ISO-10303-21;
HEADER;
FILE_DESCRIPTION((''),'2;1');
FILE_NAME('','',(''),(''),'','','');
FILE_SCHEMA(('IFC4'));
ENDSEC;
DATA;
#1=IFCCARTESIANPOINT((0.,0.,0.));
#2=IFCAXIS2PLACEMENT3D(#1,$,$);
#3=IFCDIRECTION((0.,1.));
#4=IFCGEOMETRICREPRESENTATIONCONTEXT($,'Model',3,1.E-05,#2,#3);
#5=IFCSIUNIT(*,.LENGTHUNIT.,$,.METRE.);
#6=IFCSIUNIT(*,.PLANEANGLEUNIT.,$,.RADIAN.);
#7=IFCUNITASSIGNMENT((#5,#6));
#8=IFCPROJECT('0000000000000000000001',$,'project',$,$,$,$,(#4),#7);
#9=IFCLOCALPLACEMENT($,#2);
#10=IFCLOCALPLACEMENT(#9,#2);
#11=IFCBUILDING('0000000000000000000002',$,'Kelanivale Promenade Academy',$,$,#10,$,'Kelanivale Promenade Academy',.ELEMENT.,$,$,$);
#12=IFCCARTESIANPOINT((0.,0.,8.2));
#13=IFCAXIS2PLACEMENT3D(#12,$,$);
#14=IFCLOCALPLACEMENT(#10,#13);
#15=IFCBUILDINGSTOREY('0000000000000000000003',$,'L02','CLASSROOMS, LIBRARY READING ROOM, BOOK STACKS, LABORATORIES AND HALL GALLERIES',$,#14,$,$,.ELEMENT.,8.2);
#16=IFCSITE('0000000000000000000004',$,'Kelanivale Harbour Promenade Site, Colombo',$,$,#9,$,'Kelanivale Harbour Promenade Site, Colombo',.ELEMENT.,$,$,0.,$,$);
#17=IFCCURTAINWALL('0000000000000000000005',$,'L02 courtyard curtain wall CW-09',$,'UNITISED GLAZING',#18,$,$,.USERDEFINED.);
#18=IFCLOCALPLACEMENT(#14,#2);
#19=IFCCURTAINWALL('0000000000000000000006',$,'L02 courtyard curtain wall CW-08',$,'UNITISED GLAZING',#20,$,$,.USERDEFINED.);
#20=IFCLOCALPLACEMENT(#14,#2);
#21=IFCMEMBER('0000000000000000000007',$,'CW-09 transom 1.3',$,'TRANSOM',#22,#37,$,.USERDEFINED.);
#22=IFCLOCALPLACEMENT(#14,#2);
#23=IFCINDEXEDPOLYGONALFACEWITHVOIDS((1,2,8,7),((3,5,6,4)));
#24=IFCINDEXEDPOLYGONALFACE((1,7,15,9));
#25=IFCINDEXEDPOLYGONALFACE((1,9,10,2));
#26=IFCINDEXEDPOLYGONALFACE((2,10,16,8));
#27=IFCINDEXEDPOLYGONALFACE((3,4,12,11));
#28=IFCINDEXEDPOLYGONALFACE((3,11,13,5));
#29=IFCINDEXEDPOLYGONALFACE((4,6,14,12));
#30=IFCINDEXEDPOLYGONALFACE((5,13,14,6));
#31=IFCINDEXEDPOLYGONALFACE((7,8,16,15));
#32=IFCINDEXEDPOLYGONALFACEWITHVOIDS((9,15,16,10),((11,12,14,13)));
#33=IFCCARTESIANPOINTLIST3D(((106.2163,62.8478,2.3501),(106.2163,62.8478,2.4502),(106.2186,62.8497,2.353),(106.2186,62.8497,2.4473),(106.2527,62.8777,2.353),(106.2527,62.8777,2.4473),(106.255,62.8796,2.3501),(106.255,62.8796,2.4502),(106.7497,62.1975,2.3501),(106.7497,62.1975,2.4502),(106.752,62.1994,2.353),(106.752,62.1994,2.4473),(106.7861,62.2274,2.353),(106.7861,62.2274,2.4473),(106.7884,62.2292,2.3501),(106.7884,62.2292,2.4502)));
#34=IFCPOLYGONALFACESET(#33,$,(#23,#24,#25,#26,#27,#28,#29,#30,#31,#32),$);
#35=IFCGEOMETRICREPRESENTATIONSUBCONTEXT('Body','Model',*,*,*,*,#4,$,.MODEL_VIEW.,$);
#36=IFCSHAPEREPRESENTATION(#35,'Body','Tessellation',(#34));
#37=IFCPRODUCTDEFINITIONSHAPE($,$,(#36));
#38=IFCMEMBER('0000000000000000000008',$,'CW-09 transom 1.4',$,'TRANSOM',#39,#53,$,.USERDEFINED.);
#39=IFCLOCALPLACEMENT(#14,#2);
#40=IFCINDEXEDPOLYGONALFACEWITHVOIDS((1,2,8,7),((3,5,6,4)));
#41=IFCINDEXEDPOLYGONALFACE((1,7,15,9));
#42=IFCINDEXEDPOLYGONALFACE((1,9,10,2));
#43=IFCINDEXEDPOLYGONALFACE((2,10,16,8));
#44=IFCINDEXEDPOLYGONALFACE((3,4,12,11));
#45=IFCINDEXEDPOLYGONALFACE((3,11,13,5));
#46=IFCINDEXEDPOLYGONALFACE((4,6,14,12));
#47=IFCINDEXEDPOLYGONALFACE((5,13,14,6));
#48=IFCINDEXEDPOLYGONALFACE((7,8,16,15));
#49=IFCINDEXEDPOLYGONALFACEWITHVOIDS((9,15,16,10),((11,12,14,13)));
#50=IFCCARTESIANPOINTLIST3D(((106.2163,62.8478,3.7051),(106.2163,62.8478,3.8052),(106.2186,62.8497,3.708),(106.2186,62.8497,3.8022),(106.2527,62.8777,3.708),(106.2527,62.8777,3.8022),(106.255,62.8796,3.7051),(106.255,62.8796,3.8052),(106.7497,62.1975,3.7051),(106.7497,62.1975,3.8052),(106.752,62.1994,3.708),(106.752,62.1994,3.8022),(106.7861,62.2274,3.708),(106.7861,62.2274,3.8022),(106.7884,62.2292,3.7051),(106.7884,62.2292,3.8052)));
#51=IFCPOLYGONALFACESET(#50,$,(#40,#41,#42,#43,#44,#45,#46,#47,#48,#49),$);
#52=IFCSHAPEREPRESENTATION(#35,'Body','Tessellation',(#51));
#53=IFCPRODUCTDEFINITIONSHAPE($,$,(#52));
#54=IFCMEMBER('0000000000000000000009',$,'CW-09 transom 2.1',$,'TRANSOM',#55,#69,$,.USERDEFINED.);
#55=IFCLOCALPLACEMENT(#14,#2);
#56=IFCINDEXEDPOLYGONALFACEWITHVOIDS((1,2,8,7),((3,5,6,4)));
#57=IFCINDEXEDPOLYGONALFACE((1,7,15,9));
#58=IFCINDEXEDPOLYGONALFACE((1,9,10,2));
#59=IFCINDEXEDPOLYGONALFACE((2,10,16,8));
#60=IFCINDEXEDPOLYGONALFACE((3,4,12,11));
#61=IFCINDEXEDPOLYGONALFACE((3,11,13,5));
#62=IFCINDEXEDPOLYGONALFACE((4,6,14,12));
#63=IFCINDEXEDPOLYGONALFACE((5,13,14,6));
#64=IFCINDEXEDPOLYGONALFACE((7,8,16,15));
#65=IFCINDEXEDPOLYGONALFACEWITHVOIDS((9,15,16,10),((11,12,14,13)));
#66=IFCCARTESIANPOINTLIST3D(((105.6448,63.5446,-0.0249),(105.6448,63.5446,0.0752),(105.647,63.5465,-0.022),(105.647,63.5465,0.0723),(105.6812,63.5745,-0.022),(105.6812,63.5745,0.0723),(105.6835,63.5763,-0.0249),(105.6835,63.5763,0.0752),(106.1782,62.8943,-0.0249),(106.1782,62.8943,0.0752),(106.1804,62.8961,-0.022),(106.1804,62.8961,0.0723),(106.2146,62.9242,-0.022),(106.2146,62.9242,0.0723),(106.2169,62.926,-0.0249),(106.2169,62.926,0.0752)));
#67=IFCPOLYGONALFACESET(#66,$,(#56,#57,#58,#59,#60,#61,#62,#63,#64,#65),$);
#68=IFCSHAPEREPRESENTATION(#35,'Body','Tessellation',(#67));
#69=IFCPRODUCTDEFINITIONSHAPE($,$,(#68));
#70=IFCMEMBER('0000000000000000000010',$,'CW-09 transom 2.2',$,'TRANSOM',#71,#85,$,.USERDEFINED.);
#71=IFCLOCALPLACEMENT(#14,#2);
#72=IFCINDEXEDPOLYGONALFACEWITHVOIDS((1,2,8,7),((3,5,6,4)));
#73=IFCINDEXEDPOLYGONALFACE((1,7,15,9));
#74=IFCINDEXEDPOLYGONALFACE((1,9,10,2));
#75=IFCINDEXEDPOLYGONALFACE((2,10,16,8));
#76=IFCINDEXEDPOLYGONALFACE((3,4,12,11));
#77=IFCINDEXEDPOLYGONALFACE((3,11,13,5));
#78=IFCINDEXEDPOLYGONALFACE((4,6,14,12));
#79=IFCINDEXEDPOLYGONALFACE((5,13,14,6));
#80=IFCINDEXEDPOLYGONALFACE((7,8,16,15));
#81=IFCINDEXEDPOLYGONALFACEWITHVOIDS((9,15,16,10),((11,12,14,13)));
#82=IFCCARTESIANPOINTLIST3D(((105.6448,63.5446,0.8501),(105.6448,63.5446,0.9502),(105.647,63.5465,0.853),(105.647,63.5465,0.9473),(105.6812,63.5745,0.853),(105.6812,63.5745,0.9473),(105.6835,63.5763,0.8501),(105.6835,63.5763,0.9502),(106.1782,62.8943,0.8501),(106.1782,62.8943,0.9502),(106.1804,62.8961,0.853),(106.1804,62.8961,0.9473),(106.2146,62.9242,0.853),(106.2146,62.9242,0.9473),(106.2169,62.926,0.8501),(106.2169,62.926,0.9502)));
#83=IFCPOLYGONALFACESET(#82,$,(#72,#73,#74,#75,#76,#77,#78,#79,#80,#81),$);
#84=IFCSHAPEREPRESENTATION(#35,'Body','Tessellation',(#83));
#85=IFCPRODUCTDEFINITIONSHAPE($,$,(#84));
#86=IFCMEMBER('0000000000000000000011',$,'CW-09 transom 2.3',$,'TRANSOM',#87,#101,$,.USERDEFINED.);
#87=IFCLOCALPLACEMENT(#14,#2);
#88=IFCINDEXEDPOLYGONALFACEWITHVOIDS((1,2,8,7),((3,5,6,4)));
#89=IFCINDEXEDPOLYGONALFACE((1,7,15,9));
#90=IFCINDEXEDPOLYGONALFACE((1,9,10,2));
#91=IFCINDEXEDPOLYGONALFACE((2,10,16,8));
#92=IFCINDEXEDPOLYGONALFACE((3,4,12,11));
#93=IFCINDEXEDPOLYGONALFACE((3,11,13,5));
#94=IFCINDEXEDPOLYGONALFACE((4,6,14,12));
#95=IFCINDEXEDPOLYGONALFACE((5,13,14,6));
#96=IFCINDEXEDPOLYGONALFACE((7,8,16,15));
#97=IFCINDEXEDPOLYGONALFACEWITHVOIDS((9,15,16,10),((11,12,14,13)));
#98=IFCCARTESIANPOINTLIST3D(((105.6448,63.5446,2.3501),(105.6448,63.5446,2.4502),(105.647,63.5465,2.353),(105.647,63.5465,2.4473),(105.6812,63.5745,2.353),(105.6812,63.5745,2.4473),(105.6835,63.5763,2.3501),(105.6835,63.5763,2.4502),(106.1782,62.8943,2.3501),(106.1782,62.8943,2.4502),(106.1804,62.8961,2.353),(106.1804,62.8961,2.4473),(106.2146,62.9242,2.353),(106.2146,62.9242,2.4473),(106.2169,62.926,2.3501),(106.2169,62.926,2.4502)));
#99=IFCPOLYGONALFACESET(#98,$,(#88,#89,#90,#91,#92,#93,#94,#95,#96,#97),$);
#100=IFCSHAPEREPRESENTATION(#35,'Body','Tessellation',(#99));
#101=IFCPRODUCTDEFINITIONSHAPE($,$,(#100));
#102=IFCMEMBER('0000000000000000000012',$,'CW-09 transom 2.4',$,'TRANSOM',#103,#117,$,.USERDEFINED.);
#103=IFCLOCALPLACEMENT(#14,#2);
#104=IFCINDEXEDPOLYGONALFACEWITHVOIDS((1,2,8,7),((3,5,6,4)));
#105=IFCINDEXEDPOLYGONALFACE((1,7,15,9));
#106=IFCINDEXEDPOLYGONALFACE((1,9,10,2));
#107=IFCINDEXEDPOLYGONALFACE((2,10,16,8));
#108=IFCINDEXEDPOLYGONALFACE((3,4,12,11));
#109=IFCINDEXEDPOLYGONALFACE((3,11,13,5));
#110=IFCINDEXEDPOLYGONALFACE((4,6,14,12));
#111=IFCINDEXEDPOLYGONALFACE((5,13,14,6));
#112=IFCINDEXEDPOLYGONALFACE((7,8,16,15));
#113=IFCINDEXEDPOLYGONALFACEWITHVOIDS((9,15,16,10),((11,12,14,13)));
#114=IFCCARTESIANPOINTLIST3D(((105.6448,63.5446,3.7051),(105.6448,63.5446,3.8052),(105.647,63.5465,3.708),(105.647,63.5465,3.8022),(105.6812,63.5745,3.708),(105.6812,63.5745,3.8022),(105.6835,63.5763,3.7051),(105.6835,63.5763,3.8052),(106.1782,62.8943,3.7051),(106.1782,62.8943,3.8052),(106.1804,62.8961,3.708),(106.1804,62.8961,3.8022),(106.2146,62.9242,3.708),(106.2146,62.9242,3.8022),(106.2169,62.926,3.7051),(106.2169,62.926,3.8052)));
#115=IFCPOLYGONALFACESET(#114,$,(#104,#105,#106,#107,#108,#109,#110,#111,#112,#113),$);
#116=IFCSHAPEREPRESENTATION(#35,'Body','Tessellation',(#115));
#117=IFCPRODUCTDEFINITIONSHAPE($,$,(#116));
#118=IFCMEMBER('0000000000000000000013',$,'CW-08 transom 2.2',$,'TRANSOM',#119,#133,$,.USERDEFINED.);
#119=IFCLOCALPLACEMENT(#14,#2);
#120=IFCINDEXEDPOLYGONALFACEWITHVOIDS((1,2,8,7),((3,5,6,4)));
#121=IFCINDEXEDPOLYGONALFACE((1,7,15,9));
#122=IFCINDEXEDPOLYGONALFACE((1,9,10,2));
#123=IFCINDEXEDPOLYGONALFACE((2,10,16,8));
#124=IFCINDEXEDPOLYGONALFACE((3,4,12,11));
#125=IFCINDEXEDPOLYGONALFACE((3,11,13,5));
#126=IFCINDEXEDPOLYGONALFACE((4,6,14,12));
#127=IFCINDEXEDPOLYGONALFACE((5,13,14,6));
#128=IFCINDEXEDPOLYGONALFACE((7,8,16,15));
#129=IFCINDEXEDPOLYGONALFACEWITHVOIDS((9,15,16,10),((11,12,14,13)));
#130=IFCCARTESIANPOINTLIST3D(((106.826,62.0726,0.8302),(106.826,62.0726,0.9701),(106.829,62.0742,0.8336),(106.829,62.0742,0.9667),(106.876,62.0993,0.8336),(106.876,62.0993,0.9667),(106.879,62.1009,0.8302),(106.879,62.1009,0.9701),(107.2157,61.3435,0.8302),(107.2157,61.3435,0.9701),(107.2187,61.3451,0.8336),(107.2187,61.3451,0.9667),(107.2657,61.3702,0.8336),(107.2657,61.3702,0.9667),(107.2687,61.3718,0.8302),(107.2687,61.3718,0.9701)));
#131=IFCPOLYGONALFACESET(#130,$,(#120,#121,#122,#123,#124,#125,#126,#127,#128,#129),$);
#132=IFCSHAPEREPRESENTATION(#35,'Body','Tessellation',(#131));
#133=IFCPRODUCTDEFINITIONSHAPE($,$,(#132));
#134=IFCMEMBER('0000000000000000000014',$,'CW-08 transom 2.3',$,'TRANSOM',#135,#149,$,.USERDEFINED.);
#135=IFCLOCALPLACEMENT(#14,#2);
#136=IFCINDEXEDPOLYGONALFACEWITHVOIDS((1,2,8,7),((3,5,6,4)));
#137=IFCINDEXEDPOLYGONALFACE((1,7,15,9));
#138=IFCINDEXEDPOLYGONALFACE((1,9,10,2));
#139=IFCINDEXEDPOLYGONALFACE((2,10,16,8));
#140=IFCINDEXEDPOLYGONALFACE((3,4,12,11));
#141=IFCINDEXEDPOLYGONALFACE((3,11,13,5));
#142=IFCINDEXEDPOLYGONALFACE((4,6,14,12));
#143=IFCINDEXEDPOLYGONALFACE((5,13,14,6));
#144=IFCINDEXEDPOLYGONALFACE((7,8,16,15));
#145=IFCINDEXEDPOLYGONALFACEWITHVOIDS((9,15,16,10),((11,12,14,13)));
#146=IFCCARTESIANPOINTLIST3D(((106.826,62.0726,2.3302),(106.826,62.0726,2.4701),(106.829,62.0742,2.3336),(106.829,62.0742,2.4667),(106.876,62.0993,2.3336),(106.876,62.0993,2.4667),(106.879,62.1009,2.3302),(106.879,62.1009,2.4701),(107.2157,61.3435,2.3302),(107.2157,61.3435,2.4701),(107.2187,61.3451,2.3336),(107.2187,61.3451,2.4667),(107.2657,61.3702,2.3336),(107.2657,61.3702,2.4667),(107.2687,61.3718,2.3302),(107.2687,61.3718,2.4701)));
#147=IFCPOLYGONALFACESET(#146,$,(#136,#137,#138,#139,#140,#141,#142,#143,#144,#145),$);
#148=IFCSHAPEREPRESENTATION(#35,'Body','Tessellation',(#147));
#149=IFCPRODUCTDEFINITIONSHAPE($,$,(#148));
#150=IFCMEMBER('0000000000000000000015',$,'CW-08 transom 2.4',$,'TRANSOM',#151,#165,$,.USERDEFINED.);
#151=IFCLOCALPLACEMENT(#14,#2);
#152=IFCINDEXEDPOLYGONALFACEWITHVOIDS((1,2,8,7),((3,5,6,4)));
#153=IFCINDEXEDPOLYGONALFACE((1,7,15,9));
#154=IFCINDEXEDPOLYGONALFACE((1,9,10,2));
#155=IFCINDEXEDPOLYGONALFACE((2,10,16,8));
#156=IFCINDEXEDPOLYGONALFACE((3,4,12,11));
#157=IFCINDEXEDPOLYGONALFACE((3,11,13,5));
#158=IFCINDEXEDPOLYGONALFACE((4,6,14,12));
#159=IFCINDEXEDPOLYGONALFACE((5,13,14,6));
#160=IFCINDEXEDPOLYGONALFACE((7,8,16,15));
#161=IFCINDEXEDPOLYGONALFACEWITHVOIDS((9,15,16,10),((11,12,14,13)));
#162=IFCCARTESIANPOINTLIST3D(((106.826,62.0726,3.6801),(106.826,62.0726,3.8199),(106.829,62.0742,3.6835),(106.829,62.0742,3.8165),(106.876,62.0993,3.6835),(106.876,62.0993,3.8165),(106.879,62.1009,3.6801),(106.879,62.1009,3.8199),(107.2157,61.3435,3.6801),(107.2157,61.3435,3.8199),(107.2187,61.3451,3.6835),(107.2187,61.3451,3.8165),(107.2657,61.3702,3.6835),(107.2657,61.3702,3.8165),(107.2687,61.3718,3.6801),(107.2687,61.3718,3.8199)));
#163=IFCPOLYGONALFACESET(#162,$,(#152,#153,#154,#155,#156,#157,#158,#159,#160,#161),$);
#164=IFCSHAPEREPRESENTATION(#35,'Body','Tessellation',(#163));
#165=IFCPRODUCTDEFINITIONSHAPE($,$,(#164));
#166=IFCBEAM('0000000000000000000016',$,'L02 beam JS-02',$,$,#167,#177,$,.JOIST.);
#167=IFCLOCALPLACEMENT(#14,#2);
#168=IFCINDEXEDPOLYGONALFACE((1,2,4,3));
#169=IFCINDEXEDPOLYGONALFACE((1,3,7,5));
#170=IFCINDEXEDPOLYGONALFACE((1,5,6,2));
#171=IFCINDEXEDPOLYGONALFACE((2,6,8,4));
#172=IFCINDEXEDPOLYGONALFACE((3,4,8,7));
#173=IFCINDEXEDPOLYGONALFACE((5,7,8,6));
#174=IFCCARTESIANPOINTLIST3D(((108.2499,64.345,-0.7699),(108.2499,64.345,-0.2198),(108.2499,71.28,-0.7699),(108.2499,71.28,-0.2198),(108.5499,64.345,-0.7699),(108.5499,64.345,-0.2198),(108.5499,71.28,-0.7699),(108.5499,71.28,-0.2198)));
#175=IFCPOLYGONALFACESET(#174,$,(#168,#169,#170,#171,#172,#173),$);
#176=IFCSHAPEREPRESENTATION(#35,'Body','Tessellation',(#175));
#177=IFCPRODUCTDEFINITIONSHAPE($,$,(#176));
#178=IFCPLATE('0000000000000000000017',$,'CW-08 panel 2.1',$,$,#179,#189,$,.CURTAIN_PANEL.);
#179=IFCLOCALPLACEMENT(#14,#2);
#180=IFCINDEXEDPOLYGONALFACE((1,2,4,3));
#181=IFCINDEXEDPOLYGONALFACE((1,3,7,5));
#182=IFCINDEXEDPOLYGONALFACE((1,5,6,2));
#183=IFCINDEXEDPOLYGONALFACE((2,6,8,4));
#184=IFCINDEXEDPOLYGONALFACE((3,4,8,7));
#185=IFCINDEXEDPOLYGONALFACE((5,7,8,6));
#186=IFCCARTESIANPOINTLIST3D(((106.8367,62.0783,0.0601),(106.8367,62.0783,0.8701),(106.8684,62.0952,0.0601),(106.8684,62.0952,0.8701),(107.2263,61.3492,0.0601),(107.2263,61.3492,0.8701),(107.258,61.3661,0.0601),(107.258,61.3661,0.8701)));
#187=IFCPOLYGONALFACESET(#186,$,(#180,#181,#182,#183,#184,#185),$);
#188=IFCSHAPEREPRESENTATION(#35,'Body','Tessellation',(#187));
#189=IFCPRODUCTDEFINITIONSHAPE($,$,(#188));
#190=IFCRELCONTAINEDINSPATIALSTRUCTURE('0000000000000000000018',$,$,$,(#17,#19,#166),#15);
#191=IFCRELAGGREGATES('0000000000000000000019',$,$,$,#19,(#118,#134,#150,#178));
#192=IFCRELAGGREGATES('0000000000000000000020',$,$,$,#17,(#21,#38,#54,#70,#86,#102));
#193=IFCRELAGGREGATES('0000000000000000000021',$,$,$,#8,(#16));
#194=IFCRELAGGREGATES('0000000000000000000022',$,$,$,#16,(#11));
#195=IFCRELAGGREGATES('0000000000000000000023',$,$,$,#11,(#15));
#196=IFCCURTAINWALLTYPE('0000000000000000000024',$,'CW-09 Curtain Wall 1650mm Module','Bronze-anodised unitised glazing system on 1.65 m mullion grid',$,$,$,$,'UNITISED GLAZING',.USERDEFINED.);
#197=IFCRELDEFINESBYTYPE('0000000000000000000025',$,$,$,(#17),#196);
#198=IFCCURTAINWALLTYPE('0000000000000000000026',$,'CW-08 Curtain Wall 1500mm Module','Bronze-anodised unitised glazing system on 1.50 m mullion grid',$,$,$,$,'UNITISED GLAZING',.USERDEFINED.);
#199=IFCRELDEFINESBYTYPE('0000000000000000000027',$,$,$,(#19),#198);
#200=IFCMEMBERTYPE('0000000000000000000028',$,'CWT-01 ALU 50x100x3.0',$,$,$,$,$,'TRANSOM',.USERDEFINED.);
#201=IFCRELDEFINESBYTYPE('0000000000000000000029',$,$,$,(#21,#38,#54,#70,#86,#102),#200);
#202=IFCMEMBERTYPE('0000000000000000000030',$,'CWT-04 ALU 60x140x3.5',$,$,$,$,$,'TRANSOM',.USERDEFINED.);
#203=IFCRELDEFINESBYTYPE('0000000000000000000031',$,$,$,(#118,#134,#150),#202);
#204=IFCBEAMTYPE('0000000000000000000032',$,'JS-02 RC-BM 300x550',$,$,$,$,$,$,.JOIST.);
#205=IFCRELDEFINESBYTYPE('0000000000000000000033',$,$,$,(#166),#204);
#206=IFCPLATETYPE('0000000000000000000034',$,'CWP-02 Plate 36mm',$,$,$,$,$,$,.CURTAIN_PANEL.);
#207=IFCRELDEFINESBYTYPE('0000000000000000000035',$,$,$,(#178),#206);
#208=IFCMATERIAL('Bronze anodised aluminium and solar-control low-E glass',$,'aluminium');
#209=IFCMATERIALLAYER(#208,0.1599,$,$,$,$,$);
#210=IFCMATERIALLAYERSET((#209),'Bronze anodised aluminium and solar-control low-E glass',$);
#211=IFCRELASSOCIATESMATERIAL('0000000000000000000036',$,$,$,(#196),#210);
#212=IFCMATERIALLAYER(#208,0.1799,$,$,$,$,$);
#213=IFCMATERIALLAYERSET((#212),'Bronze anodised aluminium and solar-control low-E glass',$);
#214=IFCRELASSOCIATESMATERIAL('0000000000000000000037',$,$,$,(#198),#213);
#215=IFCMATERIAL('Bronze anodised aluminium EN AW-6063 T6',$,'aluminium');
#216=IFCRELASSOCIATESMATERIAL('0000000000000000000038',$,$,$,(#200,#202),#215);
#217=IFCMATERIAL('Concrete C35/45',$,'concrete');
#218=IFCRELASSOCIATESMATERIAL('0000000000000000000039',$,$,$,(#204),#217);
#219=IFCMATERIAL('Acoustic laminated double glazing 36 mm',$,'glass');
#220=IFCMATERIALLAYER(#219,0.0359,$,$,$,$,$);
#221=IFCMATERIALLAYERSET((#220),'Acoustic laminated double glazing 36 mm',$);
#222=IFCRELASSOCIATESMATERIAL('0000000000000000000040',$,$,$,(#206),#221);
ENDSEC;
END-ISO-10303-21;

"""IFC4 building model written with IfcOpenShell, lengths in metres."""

from ifc_helpers import new_model, si_unit, direction, frame, origin, origin_2d, place, context, subcontext, project, spatial, rectangle, hollow_rectangle, extrude, material, layer, layer_set, material_profile, profile_set, type_object, element, aggregate, save


model = new_model("IFC4")

# Units and contexts
model_context = context("Model", 3, precision=1e-05, world=origin(), true_north=direction((0.0, 1.0)))
body_context = subcontext(model_context, "Body", "Model", "MODEL_VIEW")
ifc_project = project(units=[si_unit("LENGTHUNIT", "METRE"), si_unit("PLANEANGLEUNIT", "RADIAN")], contexts=[model_context])

# Site, building, storey
site_placement = place(None, origin())
site = spatial("IfcSite", under=ifc_project, at=site_placement, Name="Kelanivale Harbour Promenade Site, Colombo", LongName="Kelanivale Harbour Promenade Site, Colombo", CompositionType="ELEMENT", RefElevation=0.0)
building_placement = place(site_placement, origin())
building = spatial("IfcBuilding", under=site, at=building_placement, Name="Kelanivale Promenade Academy", LongName="Kelanivale Promenade Academy", CompositionType="ELEMENT")
storey_placement = place(building_placement, frame((0.0, 0.0, 8.2)))
storey = spatial("IfcBuildingStorey", under=building, at=storey_placement, Name="L02", Description="CLASSROOMS, LIBRARY READING ROOM, BOOK STACKS, LABORATORIES AND HALL GALLERIES", CompositionType="ELEMENT", Elevation=8.2)

# Shared definitions
ifc_material_1 = material(Name="Concrete C35/45", Category="concrete")

# Curtain wall
ifc_material_2 = material(Name="Bronze anodised aluminium and solar-control low-E glass", Category="aluminium")
ifc_layer_1 = layer(ifc_material_2, 0.1599)
ifc_layer_set_1 = layer_set([ifc_layer_1], Name="Bronze anodised aluminium and solar-control low-E glass")
curtain_wall_type_1 = type_object("IfcCurtainWallType", Name="CW-09 Curtain Wall 1650mm Module", Description="Bronze-anodised unitised glazing system on 1.65 m mullion grid", ElementType="UNITISED GLAZING", PredefinedType="USERDEFINED", material=ifc_layer_set_1)
curtain_wall_1_placement = place(storey_placement, origin())
curtain_wall_1 = element("IfcCurtainWall", 1, at=curtain_wall_1_placement, inside=storey, type_object=curtain_wall_type_1, Name="L02 courtyard curtain wall CW-09", ObjectType="UNITISED GLAZING", PredefinedType="USERDEFINED")
ifc_material_3 = material(Name="Bronze anodised aluminium EN AW-6063 T6", Category="aluminium")

# Curtain wall
ifc_layer_2 = layer(ifc_material_2, 0.1799)
ifc_layer_set_2 = layer_set([ifc_layer_2], Name="Bronze anodised aluminium and solar-control low-E glass")
curtain_wall_type_2 = type_object("IfcCurtainWallType", Name="CW-08 Curtain Wall 1500mm Module", Description="Bronze-anodised unitised glazing system on 1.50 m mullion grid", ElementType="UNITISED GLAZING", PredefinedType="USERDEFINED", material=ifc_layer_set_2)
curtain_wall_2_placement = place(storey_placement, origin())
curtain_wall_2 = element("IfcCurtainWall", 2, at=curtain_wall_2_placement, inside=storey, type_object=curtain_wall_type_2, Name="L02 courtyard curtain wall CW-08", ObjectType="UNITISED GLAZING", PredefinedType="USERDEFINED")

# Members
ifc_material_profile_1 = material_profile(ifc_material_3, hollow_rectangle(XDim=0.05, YDim=0.1001, WallThickness=0.0029, at=origin_2d()), Name="ALU 50x100x3.0")
ifc_profile_set_1 = profile_set([ifc_material_profile_1], Name="Bronze anodised aluminium EN AW-6063 T6")
member_type_1 = type_object("IfcMemberType", Name="CWT-01 ALU 50x100x3.0", ElementType="TRANSOM", PredefinedType="USERDEFINED", material=ifc_profile_set_1)
member_1_placement = place(storey_placement, frame((106.769, 62.2134, 2.4001), z_axis=(-0.63417, 0.773194, 0.0), x_axis=(-0.773194, -0.63417, 0.0)))
member_1 = element("IfcMember", 3, at=member_1_placement, type_object=member_type_1, Name="CW-09 transom 1.3", ObjectType="TRANSOM", PredefinedType="USERDEFINED", context=body_context, shape_type="SweptSolid", body=[
    extrude(hollow_rectangle(XDim=0.05, YDim=0.1001, WallThickness=0.0029, at=origin_2d()), origin(), (0.0, 0.0, 1.0), 0.8411),
])
member_2_placement = place(storey_placement, frame((106.769, 62.2134, 3.7551), z_axis=(-0.63417, 0.773194, 0.0), x_axis=(-0.773194, -0.63417, 0.0)))
member_2 = element("IfcMember", 4, at=member_2_placement, type_object=member_type_1, Name="CW-09 transom 1.4", ObjectType="TRANSOM", PredefinedType="USERDEFINED", context=body_context, shape_type="SweptSolid", body=[
    extrude(hollow_rectangle(XDim=0.05, YDim=0.1001, WallThickness=0.0029, at=origin_2d()), origin(), (0.0, 0.0, 1.0), 0.8411),
])
member_3_placement = place(storey_placement, frame((106.1975, 62.9102, 0.0251), z_axis=(-0.63417, 0.773194, 0.0), x_axis=(-0.773194, -0.63417, 0.0)))
member_3 = element("IfcMember", 5, at=member_3_placement, type_object=member_type_1, Name="CW-09 transom 2.1", ObjectType="TRANSOM", PredefinedType="USERDEFINED", context=body_context, shape_type="SweptSolid", body=[
    extrude(hollow_rectangle(XDim=0.05, YDim=0.1001, WallThickness=0.0029, at=origin_2d()), origin(), (0.0, 0.0, 1.0), 0.8411),
])
member_4_placement = place(storey_placement, frame((106.1975, 62.9102, 0.9001), z_axis=(-0.63417, 0.773194, 0.0), x_axis=(-0.773194, -0.63417, 0.0)))
member_4 = element("IfcMember", 6, at=member_4_placement, type_object=member_type_1, Name="CW-09 transom 2.2", ObjectType="TRANSOM", PredefinedType="USERDEFINED", context=body_context, shape_type="SweptSolid", body=[
    extrude(hollow_rectangle(XDim=0.05, YDim=0.1001, WallThickness=0.0029, at=origin_2d()), origin(), (0.0, 0.0, 1.0), 0.8411),
])
member_5_placement = place(storey_placement, frame((106.1975, 62.9102, 2.4001), z_axis=(-0.63417, 0.773194, 0.0), x_axis=(-0.773194, -0.63417, 0.0)))
member_5 = element("IfcMember", 7, at=member_5_placement, type_object=member_type_1, Name="CW-09 transom 2.3", ObjectType="TRANSOM", PredefinedType="USERDEFINED", context=body_context, shape_type="SweptSolid", body=[
    extrude(hollow_rectangle(XDim=0.05, YDim=0.1001, WallThickness=0.0029, at=origin_2d()), origin(), (0.0, 0.0, 1.0), 0.8411),
])
member_6_placement = place(storey_placement, frame((106.1975, 62.9102, 3.7551), z_axis=(-0.63417, 0.773194, 0.0), x_axis=(-0.773194, -0.63417, 0.0)))
member_6 = element("IfcMember", 8, at=member_6_placement, type_object=member_type_1, Name="CW-09 transom 2.4", ObjectType="TRANSOM", PredefinedType="USERDEFINED", context=body_context, shape_type="SweptSolid", body=[
    extrude(hollow_rectangle(XDim=0.05, YDim=0.1001, WallThickness=0.0029, at=origin_2d()), origin(), (0.0, 0.0, 1.0), 0.8411),
])
ifc_material_profile_2 = material_profile(ifc_material_3, hollow_rectangle(XDim=0.0601, YDim=0.1399, WallThickness=0.0034, at=origin_2d()), Name="ALU 60x140x3.5")
ifc_profile_set_2 = profile_set([ifc_material_profile_2], Name="Bronze anodised aluminium EN AW-6063 T6")
member_type_2 = type_object("IfcMemberType", Name="CWT-04 ALU 60x140x3.5", ElementType="TRANSOM", PredefinedType="USERDEFINED", material=ifc_profile_set_2)
member_7_placement = place(storey_placement, frame((107.2422, 61.3577, 0.9001), z_axis=(-0.471385, 0.881927, 0.0), x_axis=(-0.881927, -0.471385, 0.0)))
member_7 = element("IfcMember", 9, at=member_7_placement, type_object=member_type_2, Name="CW-08 transom 2.2", ObjectType="TRANSOM", PredefinedType="USERDEFINED", context=body_context, shape_type="SweptSolid", body=[
    extrude(hollow_rectangle(XDim=0.0601, YDim=0.1399, WallThickness=0.0034, at=origin_2d()), origin(), (0.0, 0.0, 1.0), 0.8267),
])
member_8_placement = place(storey_placement, frame((107.2422, 61.3577, 2.4001), z_axis=(-0.471385, 0.881927, 0.0), x_axis=(-0.881927, -0.471385, 0.0)))
member_8 = element("IfcMember", 10, at=member_8_placement, type_object=member_type_2, Name="CW-08 transom 2.3", ObjectType="TRANSOM", PredefinedType="USERDEFINED", context=body_context, shape_type="SweptSolid", body=[
    extrude(hollow_rectangle(XDim=0.0601, YDim=0.1399, WallThickness=0.0034, at=origin_2d()), origin(), (0.0, 0.0, 1.0), 0.8267),
])
member_9_placement = place(storey_placement, frame((107.2422, 61.3577, 3.75), z_axis=(-0.471385, 0.881927, 0.0), x_axis=(-0.881927, -0.471385, 0.0)))
member_9 = element("IfcMember", 11, at=member_9_placement, type_object=member_type_2, Name="CW-08 transom 2.4", ObjectType="TRANSOM", PredefinedType="USERDEFINED", context=body_context, shape_type="SweptSolid", body=[
    extrude(hollow_rectangle(XDim=0.0601, YDim=0.1399, WallThickness=0.0034, at=origin_2d()), origin(), (0.0, 0.0, 1.0), 0.8267),
])

# Beam
ifc_material_profile_3 = material_profile(ifc_material_1, rectangle(XDim=0.3, YDim=0.55, at=origin_2d()), Name="RC-BM 300x550")
ifc_profile_set_3 = profile_set([ifc_material_profile_3], Name="Concrete C35/45")
beam_type_1 = type_object("IfcBeamType", Name="JS-02 RC-BM 300x550", PredefinedType="JOIST", material=ifc_profile_set_3)
beam_1_placement = place(storey_placement, frame((108.3999, 64.345, -0.4949), z_axis=(0.0, 1.0, 0.0), x_axis=(-1.0, 0.0, 0.0)))
element("IfcBeam", 12, at=beam_1_placement, inside=storey, type_object=beam_type_1, Name="L02 beam JS-02", PredefinedType="JOIST", context=body_context, shape_type="SweptSolid", body=[
    extrude(rectangle(XDim=0.3, YDim=0.55, at=origin_2d()), origin(), (0.0, 0.0, 1.0), 6.9351),
])

# Plate
ifc_material_4 = material(Name="Acoustic laminated double glazing 36 mm", Category="glass")
ifc_layer_3 = layer(ifc_material_4, 0.0359)
ifc_layer_set_3 = layer_set([ifc_layer_3], Name="Acoustic laminated double glazing 36 mm")
plate_type_1 = type_object("IfcPlateType", Name="CWP-02 Plate 36mm", PredefinedType="CURTAIN_PANEL", material=ifc_layer_set_3)
plate_1_placement = place(storey_placement, frame((107.0474, 61.7222, 0.0601), z_axis=(0.0, 0.0, 1.0), x_axis=(-0.47129, 0.881978, 0.0)))
plate_1 = element("IfcPlate", 13, at=plate_1_placement, type_object=plate_type_1, Name="CW-08 panel 2.1", PredefinedType="CURTAIN_PANEL", context=body_context, shape_type="SweptSolid", body=[
    extrude(rectangle(XDim=0.8267, YDim=0.0359, at=origin_2d()), origin(), (0.0, 0.0, 1.0), 0.8101),
])
aggregate(curtain_wall_2, [member_7, member_8, member_9, plate_1])
aggregate(curtain_wall_1, [member_1, member_2, member_3, member_4, member_5, member_6])

save(model, "model.ifc")
